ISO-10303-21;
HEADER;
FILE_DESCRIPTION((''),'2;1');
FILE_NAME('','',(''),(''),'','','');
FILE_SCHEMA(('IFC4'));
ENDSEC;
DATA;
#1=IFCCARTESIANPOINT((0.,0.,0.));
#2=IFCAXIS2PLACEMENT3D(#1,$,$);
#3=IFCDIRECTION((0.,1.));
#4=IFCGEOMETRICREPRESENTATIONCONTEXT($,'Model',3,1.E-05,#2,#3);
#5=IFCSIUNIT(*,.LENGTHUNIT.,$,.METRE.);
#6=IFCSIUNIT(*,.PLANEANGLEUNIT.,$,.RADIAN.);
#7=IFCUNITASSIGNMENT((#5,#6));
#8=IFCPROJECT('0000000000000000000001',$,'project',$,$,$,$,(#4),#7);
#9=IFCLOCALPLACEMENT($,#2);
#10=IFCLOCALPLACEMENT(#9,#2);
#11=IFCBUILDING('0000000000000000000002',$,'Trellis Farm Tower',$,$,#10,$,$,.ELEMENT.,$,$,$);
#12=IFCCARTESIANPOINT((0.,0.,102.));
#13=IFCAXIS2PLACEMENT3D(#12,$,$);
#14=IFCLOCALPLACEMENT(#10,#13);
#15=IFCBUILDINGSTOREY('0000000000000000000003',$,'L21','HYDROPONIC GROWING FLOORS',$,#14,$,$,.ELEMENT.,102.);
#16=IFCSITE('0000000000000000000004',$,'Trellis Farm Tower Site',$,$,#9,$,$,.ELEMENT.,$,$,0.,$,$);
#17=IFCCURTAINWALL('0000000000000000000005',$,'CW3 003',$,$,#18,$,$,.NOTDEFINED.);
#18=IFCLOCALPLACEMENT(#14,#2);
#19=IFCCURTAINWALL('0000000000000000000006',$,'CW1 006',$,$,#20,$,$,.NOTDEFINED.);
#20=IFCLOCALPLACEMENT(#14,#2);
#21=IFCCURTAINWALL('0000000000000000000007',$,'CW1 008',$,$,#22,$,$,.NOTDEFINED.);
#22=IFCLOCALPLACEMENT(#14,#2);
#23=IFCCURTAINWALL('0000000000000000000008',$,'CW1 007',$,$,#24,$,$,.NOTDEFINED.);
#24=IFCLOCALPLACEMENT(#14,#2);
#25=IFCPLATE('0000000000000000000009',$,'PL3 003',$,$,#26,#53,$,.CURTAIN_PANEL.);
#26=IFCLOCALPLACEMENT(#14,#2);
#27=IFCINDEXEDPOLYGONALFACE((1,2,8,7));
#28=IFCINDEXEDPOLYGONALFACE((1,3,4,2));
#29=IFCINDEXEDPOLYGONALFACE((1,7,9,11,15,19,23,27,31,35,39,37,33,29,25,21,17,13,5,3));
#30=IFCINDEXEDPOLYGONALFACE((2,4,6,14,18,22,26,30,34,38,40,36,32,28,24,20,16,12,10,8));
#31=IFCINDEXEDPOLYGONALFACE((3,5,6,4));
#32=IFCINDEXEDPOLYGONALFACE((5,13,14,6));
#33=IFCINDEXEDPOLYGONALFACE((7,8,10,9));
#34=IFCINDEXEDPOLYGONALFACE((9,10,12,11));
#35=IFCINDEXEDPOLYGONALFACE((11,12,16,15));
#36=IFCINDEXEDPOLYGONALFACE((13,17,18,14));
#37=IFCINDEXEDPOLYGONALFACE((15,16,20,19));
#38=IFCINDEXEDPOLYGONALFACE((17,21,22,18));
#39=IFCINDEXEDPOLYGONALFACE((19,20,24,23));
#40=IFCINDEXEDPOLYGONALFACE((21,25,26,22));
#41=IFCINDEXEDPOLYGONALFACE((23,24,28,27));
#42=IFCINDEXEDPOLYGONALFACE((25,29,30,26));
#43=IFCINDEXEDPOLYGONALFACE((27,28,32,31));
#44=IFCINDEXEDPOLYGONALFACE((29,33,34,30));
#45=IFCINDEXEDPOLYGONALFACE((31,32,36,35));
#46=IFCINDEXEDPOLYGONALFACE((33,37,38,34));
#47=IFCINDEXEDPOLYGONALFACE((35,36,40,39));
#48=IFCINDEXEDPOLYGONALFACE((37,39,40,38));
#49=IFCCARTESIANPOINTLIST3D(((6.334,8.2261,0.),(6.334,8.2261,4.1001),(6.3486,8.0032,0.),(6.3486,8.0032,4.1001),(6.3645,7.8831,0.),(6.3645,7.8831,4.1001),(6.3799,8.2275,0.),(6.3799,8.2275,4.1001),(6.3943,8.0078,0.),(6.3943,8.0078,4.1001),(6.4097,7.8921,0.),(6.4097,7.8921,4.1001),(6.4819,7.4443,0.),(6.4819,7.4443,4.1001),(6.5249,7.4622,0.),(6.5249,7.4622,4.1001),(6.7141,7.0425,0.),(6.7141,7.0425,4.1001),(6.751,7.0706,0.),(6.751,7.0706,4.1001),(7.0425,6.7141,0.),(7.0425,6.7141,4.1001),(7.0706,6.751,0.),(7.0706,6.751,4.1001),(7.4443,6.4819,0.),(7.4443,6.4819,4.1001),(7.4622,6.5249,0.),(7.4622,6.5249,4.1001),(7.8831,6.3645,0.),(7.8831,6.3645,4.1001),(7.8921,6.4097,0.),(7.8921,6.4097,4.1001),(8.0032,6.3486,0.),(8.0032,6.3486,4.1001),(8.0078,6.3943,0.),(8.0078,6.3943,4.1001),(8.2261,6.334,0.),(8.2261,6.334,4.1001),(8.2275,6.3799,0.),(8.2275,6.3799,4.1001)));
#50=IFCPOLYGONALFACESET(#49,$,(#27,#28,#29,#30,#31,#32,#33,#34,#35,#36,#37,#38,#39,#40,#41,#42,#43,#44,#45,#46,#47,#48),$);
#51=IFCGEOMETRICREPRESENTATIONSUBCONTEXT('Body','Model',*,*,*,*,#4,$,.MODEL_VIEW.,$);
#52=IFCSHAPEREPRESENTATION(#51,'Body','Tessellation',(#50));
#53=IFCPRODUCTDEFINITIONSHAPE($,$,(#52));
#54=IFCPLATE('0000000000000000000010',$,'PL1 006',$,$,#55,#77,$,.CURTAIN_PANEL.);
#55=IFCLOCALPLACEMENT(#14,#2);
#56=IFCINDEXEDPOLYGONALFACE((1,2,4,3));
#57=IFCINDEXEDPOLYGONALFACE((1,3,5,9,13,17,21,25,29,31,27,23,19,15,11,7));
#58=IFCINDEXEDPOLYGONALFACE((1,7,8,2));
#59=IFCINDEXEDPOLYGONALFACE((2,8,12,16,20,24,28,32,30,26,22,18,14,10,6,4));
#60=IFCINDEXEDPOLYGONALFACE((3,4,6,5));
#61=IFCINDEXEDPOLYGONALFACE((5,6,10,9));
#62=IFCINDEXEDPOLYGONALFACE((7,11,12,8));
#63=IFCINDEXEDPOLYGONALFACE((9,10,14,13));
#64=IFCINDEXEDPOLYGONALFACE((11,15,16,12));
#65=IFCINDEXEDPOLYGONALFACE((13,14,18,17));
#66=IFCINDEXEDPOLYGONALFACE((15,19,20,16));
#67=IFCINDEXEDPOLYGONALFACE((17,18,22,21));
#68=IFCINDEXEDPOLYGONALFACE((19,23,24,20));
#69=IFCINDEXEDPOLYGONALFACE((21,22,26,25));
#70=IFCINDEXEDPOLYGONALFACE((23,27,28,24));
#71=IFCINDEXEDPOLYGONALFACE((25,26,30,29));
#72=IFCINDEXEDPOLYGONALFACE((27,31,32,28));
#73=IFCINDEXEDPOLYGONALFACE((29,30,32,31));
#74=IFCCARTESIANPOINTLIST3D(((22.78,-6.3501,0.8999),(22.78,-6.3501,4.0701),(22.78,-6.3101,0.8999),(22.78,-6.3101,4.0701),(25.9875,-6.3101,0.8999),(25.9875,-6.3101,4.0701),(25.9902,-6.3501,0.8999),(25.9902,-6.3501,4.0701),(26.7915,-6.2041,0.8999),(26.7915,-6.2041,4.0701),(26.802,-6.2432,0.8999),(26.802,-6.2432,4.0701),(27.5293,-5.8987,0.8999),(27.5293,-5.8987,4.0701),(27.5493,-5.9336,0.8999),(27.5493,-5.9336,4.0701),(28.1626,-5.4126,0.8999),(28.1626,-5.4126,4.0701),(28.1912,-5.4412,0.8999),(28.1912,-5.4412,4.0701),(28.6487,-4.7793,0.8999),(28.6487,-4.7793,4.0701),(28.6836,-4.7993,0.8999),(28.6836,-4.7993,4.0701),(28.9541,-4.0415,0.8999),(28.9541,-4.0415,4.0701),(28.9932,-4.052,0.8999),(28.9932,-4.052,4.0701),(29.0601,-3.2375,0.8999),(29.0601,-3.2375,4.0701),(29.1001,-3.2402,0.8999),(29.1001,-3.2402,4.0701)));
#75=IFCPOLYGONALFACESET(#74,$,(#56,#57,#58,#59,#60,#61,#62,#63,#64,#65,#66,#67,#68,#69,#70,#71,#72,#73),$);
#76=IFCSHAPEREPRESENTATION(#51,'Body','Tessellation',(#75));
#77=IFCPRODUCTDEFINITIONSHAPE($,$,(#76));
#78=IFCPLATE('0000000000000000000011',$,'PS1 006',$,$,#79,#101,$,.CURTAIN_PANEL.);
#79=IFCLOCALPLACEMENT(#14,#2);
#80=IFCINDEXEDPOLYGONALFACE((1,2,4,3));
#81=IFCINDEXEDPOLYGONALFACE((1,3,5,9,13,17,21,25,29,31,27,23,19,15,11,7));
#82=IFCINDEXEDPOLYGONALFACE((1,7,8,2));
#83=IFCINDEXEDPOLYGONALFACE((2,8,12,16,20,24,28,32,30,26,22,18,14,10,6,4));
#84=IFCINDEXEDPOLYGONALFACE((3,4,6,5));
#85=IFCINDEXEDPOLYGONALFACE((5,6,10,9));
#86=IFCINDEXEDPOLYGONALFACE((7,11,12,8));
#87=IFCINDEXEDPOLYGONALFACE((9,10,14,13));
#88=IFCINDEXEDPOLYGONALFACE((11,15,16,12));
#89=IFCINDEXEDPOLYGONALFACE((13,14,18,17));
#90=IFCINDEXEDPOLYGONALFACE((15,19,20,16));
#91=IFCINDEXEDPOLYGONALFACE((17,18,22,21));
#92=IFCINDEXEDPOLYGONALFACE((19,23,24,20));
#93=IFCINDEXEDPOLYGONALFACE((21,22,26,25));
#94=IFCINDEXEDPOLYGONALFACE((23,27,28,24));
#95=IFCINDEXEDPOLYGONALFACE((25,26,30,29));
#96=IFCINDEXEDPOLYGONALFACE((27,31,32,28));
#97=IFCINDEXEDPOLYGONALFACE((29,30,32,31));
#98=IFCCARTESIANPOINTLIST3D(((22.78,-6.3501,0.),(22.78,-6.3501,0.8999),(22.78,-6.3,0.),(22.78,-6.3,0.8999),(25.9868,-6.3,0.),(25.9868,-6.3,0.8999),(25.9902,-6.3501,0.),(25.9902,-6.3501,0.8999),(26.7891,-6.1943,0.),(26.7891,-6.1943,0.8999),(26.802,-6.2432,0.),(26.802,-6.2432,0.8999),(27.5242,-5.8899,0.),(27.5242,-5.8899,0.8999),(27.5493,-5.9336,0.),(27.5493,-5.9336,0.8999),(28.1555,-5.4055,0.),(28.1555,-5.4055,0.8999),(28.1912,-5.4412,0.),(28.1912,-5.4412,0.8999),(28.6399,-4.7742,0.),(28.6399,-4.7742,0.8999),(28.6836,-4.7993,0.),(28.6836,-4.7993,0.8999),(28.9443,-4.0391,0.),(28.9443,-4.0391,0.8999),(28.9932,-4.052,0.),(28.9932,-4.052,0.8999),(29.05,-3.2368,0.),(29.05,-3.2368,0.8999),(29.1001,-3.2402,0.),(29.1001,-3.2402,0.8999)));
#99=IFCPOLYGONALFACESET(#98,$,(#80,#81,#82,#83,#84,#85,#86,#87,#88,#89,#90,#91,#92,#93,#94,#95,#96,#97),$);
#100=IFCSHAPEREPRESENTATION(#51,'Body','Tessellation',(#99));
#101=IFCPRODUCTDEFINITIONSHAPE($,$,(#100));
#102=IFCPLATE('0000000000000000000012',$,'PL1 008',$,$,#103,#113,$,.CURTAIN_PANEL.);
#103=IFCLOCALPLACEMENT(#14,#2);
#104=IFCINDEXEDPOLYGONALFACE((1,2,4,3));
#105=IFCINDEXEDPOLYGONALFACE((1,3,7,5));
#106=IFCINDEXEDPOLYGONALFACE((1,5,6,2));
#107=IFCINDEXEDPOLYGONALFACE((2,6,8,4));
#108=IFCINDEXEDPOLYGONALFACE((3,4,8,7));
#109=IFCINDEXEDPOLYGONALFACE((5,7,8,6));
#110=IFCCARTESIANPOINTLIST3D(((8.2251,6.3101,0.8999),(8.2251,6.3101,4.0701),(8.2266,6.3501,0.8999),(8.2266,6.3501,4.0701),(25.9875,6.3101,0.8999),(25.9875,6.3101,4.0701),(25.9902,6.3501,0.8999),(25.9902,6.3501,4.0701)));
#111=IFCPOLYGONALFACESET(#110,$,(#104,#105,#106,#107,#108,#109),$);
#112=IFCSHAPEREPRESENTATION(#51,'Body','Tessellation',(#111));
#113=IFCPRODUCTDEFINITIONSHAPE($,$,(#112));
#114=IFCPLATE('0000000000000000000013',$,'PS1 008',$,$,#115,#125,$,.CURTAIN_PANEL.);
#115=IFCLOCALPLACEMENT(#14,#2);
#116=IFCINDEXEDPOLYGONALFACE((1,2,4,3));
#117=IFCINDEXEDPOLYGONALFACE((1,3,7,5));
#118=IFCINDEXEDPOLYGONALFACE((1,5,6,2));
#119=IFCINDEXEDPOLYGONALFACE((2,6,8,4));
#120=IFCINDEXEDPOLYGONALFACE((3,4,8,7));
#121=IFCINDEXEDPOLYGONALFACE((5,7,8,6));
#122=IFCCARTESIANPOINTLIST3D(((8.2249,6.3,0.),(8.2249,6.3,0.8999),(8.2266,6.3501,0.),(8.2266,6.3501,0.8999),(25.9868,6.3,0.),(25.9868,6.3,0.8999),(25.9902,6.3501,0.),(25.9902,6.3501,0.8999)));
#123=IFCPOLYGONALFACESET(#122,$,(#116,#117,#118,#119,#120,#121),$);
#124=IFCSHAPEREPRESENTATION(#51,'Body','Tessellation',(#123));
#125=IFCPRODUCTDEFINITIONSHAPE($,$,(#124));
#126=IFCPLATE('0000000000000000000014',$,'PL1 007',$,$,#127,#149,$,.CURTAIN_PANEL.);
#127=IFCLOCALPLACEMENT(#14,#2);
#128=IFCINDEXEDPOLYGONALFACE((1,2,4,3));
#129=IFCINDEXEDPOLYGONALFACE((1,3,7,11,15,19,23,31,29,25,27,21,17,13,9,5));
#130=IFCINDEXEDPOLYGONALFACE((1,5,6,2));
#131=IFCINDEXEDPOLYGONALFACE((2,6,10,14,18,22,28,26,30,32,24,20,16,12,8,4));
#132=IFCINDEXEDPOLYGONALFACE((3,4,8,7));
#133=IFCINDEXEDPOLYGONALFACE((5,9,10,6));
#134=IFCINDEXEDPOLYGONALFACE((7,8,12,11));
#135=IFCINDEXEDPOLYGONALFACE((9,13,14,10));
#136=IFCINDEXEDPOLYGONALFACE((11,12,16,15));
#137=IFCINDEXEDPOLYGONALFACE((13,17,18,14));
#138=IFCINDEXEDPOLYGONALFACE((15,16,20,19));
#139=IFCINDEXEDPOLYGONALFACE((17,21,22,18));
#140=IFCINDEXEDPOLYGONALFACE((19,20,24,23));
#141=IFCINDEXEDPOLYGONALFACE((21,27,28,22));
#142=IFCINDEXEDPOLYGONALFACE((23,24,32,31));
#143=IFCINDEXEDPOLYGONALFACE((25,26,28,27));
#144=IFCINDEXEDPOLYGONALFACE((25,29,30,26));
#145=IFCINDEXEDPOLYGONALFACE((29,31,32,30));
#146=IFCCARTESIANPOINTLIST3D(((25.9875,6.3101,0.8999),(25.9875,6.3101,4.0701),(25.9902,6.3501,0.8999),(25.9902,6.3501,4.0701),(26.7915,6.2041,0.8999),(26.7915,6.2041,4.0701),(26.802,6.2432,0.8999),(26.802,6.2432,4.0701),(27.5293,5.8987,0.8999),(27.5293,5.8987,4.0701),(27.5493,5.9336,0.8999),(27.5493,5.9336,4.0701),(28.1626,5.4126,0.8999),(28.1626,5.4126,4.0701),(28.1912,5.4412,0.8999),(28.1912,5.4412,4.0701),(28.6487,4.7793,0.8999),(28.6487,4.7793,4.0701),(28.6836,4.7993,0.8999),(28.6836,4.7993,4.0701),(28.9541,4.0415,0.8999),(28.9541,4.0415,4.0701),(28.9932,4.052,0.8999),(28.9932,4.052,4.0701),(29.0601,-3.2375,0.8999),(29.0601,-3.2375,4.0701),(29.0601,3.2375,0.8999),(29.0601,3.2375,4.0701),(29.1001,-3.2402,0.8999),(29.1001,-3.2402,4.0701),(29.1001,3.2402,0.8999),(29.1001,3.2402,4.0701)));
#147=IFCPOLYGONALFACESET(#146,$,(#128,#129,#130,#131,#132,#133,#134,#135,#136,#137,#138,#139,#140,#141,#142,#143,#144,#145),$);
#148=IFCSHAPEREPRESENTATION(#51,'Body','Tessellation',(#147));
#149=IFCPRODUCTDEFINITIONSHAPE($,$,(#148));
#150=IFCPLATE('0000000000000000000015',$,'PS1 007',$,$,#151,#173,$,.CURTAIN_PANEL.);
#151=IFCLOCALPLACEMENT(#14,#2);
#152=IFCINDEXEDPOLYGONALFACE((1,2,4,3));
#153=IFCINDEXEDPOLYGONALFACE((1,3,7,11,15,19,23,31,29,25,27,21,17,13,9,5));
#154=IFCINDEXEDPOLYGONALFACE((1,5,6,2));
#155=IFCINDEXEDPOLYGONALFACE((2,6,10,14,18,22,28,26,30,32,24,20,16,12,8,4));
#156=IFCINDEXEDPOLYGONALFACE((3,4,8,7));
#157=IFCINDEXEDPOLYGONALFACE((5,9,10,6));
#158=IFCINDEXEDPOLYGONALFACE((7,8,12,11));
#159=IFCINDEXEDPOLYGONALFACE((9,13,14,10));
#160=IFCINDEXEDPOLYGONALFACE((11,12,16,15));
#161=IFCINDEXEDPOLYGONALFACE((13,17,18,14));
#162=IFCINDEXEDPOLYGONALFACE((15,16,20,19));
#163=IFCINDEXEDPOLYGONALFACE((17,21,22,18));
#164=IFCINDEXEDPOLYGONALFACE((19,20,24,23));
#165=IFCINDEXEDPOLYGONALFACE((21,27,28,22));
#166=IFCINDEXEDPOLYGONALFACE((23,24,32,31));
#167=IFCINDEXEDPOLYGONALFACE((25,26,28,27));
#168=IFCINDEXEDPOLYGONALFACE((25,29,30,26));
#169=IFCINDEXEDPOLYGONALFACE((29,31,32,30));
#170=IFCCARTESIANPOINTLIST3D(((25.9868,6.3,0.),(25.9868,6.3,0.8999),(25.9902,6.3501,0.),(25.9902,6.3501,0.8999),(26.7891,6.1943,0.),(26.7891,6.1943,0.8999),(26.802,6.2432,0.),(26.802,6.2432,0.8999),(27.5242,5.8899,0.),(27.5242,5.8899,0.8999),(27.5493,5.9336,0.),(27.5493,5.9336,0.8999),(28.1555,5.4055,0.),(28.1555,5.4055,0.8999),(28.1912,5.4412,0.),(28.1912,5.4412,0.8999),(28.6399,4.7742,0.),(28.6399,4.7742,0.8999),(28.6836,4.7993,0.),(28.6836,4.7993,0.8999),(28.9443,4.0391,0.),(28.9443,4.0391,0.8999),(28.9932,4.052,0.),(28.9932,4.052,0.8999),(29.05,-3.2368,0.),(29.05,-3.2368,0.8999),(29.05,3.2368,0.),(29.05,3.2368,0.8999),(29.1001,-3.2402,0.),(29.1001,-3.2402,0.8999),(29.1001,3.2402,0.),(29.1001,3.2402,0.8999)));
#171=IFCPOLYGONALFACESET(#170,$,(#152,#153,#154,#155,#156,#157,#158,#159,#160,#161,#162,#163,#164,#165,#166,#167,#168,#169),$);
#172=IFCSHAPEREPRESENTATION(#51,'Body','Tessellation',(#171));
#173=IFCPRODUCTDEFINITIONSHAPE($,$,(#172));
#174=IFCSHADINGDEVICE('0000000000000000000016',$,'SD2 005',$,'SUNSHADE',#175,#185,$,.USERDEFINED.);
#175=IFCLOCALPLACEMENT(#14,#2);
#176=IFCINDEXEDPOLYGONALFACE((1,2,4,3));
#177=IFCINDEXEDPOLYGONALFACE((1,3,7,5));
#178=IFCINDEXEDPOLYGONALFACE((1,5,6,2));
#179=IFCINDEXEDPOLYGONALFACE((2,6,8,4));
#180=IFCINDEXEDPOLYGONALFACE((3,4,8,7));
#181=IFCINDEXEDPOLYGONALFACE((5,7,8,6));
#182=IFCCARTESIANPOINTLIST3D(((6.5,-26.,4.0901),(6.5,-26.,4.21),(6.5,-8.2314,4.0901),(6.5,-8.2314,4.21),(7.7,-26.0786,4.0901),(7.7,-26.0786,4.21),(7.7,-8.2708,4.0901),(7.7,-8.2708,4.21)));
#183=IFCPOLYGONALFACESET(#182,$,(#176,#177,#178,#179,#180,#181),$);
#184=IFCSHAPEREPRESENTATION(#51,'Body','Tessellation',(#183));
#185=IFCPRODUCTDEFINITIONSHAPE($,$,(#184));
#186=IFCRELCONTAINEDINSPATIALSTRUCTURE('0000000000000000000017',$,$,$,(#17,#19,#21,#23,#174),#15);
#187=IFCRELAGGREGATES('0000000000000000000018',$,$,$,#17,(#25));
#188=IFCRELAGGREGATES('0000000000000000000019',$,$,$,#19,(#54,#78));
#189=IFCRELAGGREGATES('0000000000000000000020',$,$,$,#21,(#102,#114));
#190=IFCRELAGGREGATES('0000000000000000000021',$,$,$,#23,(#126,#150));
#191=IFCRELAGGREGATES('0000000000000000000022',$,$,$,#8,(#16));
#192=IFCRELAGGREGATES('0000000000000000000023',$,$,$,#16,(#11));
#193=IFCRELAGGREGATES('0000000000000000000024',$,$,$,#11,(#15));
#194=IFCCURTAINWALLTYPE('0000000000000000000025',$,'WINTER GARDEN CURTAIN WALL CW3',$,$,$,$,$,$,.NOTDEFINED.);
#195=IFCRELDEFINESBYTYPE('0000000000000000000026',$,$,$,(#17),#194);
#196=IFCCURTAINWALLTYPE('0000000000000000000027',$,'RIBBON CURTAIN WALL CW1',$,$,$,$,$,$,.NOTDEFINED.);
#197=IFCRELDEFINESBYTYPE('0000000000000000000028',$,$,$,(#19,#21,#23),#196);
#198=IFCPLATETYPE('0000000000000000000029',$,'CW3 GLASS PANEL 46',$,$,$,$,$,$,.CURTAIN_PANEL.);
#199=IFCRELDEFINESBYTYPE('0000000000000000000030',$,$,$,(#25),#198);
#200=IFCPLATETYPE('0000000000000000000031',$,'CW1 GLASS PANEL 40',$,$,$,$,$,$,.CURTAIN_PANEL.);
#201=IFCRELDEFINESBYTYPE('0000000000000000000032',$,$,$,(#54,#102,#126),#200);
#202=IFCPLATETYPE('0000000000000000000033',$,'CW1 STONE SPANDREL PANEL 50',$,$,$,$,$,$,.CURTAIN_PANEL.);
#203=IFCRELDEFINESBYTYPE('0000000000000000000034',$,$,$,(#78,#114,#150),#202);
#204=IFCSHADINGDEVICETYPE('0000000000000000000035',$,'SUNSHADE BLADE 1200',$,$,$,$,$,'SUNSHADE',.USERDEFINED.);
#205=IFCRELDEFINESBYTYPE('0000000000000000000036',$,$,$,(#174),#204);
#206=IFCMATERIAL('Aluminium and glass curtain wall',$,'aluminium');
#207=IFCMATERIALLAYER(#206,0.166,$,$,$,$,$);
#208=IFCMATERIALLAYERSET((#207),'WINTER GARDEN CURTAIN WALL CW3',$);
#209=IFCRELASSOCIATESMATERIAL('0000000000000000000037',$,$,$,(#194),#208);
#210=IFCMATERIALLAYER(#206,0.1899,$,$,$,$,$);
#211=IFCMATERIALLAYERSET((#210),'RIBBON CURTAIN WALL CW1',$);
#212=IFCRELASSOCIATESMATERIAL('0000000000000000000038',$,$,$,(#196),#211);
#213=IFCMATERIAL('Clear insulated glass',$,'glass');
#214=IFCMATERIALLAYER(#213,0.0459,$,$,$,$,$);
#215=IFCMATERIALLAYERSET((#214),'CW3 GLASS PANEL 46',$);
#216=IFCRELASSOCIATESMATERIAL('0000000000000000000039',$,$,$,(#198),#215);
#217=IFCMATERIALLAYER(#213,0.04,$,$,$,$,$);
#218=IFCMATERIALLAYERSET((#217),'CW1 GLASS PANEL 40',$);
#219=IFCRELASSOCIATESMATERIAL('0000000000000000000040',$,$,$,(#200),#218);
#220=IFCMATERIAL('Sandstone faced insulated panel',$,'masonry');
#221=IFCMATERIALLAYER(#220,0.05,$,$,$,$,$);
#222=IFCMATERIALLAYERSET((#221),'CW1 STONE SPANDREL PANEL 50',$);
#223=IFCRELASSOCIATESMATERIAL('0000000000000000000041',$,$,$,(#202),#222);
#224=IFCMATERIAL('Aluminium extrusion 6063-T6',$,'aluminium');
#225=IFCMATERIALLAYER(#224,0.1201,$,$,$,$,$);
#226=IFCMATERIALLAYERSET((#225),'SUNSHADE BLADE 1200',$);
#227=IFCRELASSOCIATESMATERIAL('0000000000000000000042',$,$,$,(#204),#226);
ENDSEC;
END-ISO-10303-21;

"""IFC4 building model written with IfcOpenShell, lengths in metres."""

from ifc_helpers import new_model, si_unit, direction, frame, origin, place, context, subcontext, project, spatial, polyline, outline, extrude, source, transform, mapped, material, layer, layer_set, type_object, element, aggregate, save


model = new_model("IFC4")

# Units and contexts
model_context = context("Model", 3, precision=1e-05, world=origin(), true_north=direction((0.0, 1.0)))
body_context = subcontext(model_context, "Body", "Model", "MODEL_VIEW")
ifc_project = project(units=[si_unit("LENGTHUNIT", "METRE"), si_unit("PLANEANGLEUNIT", "RADIAN")], contexts=[model_context])

# Site, building, storey
site_placement = place(None, origin())
site = spatial("IfcSite", under=ifc_project, at=site_placement, Name="Trellis Farm Tower Site", CompositionType="ELEMENT", RefElevation=0.0)
building_placement = place(site_placement, origin())
building = spatial("IfcBuilding", under=site, at=building_placement, Name="Trellis Farm Tower", CompositionType="ELEMENT")
storey_placement = place(building_placement, frame((0.0, 0.0, 102.0)))
storey = spatial("IfcBuildingStorey", under=building, at=storey_placement, Name="L21", Description="HYDROPONIC GROWING FLOORS", CompositionType="ELEMENT", Elevation=102.0)

# Curtain walls
ifc_material_1 = material(Name="Aluminium and glass curtain wall", Category="aluminium")
ifc_layer_1 = layer(ifc_material_1, 0.166)
ifc_layer_set_1 = layer_set([ifc_layer_1], Name="WINTER GARDEN CURTAIN WALL CW3")
curtain_wall_type_1 = type_object("IfcCurtainWallType", Name="WINTER GARDEN CURTAIN WALL CW3", PredefinedType="NOTDEFINED", material=ifc_layer_set_1)
placement_1 = place(storey_placement, origin())
ifc_material_2 = material(Name="Aluminium extrusion 6063-T6", Category="aluminium")
curtain_wall_1 = element("IfcCurtainWall", 1, at=placement_1, inside=storey, type_object=curtain_wall_type_1, Name="CW3 003", PredefinedType="NOTDEFINED")
ifc_layer_2 = layer(ifc_material_1, 0.1899)
ifc_layer_set_2 = layer_set([ifc_layer_2], Name="RIBBON CURTAIN WALL CW1")
curtain_wall_type_2 = type_object("IfcCurtainWallType", Name="RIBBON CURTAIN WALL CW1", PredefinedType="NOTDEFINED", material=ifc_layer_set_2)
curtain_wall_2 = element("IfcCurtainWall", 2, at=placement_1, inside=storey, type_object=curtain_wall_type_2, Name="CW1 006", PredefinedType="NOTDEFINED")
curtain_wall_3 = element("IfcCurtainWall", 3, at=placement_1, inside=storey, type_object=curtain_wall_type_2, Name="CW1 008", PredefinedType="NOTDEFINED")
curtain_wall_4 = element("IfcCurtainWall", 4, at=placement_1, inside=storey, type_object=curtain_wall_type_2, Name="CW1 007", PredefinedType="NOTDEFINED")

# Plates
ifc_material_3 = material(Name="Clear insulated glass", Category="glass")
ifc_layer_3 = layer(ifc_material_3, 0.0459)
ifc_layer_set_3 = layer_set([ifc_layer_3], Name="CW3 GLASS PANEL 46")
plate_type_1 = type_object("IfcPlateType", Name="CW3 GLASS PANEL 46", PredefinedType="CURTAIN_PANEL", material=ifc_layer_set_3)
shared_shape_1 = source(origin(), body_context, "Body", "SweptSolid", [
    extrude(outline(polyline([(8.2275, 6.3799), (8.0078, 6.3943), (7.8921, 6.4097), (7.4622, 6.5249), (7.0706, 6.751), (6.751, 7.0706), (6.5249, 7.4622), (6.4097, 7.8921), (6.3943, 8.0078), (6.3799, 8.2275), (6.334, 8.2261), (6.3486, 8.0032), (6.3645, 7.8831), (6.4819, 7.4443), (6.7141, 7.0425), (7.0425, 6.7141), (7.4443, 6.4819), (7.8831, 6.3645), (8.0032, 6.3486), (8.2261, 6.334), (8.2275, 6.3799)])), origin(), (0.0, 0.0, 1.0), 4.1001),
])
plate_1 = element("IfcPlate", 5, at=placement_1, type_object=plate_type_1, Name="PL3 003", PredefinedType="CURTAIN_PANEL", context=body_context, shape_type="MappedRepresentation", body=[
    mapped(shared_shape_1, transform((0.0, 0.0, 0.0))),
])
aggregate(curtain_wall_1, [plate_1])
ifc_layer_4 = layer(ifc_material_3, 0.04)
ifc_layer_set_4 = layer_set([ifc_layer_4], Name="CW1 GLASS PANEL 40")
plate_type_2 = type_object("IfcPlateType", Name="CW1 GLASS PANEL 40", PredefinedType="CURTAIN_PANEL", material=ifc_layer_set_4)
shared_shape_2 = source(origin(), body_context, "Body", "SweptSolid", [
    extrude(outline(polyline([(22.78, -6.3501), (25.9902, -6.3501), (26.802, -6.2432), (27.5493, -5.9336), (28.1912, -5.4412), (28.6836, -4.7993), (28.9932, -4.052), (29.1001, -3.2402), (29.0601, -3.2375), (28.9541, -4.0415), (28.6487, -4.7793), (28.1626, -5.4126), (27.5293, -5.8987), (26.7915, -6.2041), (25.9875, -6.3101), (22.78, -6.3101), (22.78, -6.3501)])), origin(), (0.0, 0.0, 1.0), 3.1702),
])
placement_2 = place(storey_placement, frame((0.0, 0.0, 0.8999)))
plate_2 = element("IfcPlate", 6, at=placement_2, type_object=plate_type_2, Name="PL1 006", PredefinedType="CURTAIN_PANEL", context=body_context, shape_type="MappedRepresentation", body=[
    mapped(shared_shape_2, transform((0.0, 0.0, 0.0))),
])
ifc_material_4 = material(Name="Sandstone faced insulated panel", Category="masonry")
ifc_layer_5 = layer(ifc_material_4, 0.05)
ifc_layer_set_5 = layer_set([ifc_layer_5], Name="CW1 STONE SPANDREL PANEL 50")
plate_type_3 = type_object("IfcPlateType", Name="CW1 STONE SPANDREL PANEL 50", PredefinedType="CURTAIN_PANEL", material=ifc_layer_set_5)
shared_shape_3 = source(origin(), body_context, "Body", "SweptSolid", [
    extrude(outline(polyline([(22.78, -6.3501), (25.9902, -6.3501), (26.802, -6.2432), (27.5493, -5.9336), (28.1912, -5.4412), (28.6836, -4.7993), (28.9932, -4.052), (29.1001, -3.2402), (29.05, -3.2368), (28.9443, -4.0391), (28.6399, -4.7742), (28.1555, -5.4055), (27.5242, -5.8899), (26.7891, -6.1943), (25.9868, -6.3), (22.78, -6.3), (22.78, -6.3501)])), origin(), (0.0, 0.0, 1.0), 0.8999),
])
plate_3 = element("IfcPlate", 7, at=placement_1, type_object=plate_type_3, Name="PS1 006", PredefinedType="CURTAIN_PANEL", context=body_context, shape_type="MappedRepresentation", body=[
    mapped(shared_shape_3, transform((0.0, 0.0, 0.0))),
])
aggregate(curtain_wall_2, [plate_2, plate_3])
shared_shape_4 = source(origin(), body_context, "Body", "SweptSolid", [
    extrude(outline(polyline([(25.9902, 6.3501), (8.2266, 6.3501), (8.2251, 6.3101), (25.9875, 6.3101), (25.9902, 6.3501)])), origin(), (0.0, 0.0, 1.0), 3.1702),
])
plate_4 = element("IfcPlate", 8, at=placement_2, type_object=plate_type_2, Name="PL1 008", PredefinedType="CURTAIN_PANEL", context=body_context, shape_type="MappedRepresentation", body=[
    mapped(shared_shape_4, transform((0.0, 0.0, 0.0))),
])
shared_shape_5 = source(origin(), body_context, "Body", "SweptSolid", [
    extrude(outline(polyline([(25.9902, 6.3501), (8.2266, 6.3501), (8.2249, 6.3), (25.9868, 6.3), (25.9902, 6.3501)])), origin(), (0.0, 0.0, 1.0), 0.8999),
])
plate_5 = element("IfcPlate", 9, at=placement_1, type_object=plate_type_3, Name="PS1 008", PredefinedType="CURTAIN_PANEL", context=body_context, shape_type="MappedRepresentation", body=[
    mapped(shared_shape_5, transform((0.0, 0.0, 0.0))),
])
aggregate(curtain_wall_3, [plate_4, plate_5])
shared_shape_6 = source(origin(), body_context, "Body", "SweptSolid", [
    extrude(outline(polyline([(29.1001, -3.2402), (29.1001, 3.2402), (28.9932, 4.052), (28.6836, 4.7993), (28.1912, 5.4412), (27.5493, 5.9336), (26.802, 6.2432), (25.9902, 6.3501), (25.9875, 6.3101), (26.7915, 6.2041), (27.5293, 5.8987), (28.1626, 5.4126), (28.6487, 4.7793), (28.9541, 4.0415), (29.0601, 3.2375), (29.0601, -3.2375), (29.1001, -3.2402)])), origin(), (0.0, 0.0, 1.0), 3.1702),
])
plate_6 = element("IfcPlate", 10, at=placement_2, type_object=plate_type_2, Name="PL1 007", PredefinedType="CURTAIN_PANEL", context=body_context, shape_type="MappedRepresentation", body=[
    mapped(shared_shape_6, transform((0.0, 0.0, 0.0))),
])
shared_shape_7 = source(origin(), body_context, "Body", "SweptSolid", [
    extrude(outline(polyline([(29.1001, -3.2402), (29.1001, 3.2402), (28.9932, 4.052), (28.6836, 4.7993), (28.1912, 5.4412), (27.5493, 5.9336), (26.802, 6.2432), (25.9902, 6.3501), (25.9868, 6.3), (26.7891, 6.1943), (27.5242, 5.8899), (28.1555, 5.4055), (28.6399, 4.7742), (28.9443, 4.0391), (29.05, 3.2368), (29.05, -3.2368), (29.1001, -3.2402)])), origin(), (0.0, 0.0, 1.0), 0.8999),
])
plate_7 = element("IfcPlate", 11, at=placement_1, type_object=plate_type_3, Name="PS1 007", PredefinedType="CURTAIN_PANEL", context=body_context, shape_type="MappedRepresentation", body=[
    mapped(shared_shape_7, transform((0.0, 0.0, 0.0))),
])
aggregate(curtain_wall_4, [plate_6, plate_7])

# Shading device
ifc_layer_6 = layer(ifc_material_2, 0.1201)
ifc_layer_set_6 = layer_set([ifc_layer_6], Name="SUNSHADE BLADE 1200")
shading_device_type_1 = type_object("IfcShadingDeviceType", Name="SUNSHADE BLADE 1200", ElementType="SUNSHADE", PredefinedType="USERDEFINED", material=ifc_layer_set_6)
shared_shape_8 = source(origin(), body_context, "Body", "SweptSolid", [
    extrude(outline(polyline([(7.7, -26.0786), (7.7, -8.2708), (6.5, -8.2314), (6.5, -26.0), (7.7, -26.0786)])), origin(), (0.0, 0.0, 1.0), 0.1199),
])
placement_3 = place(storey_placement, frame((0.0, 0.0, 4.0901)))
element("IfcShadingDevice", 12, at=placement_3, inside=storey, type_object=shading_device_type_1, Name="SD2 005", ObjectType="SUNSHADE", PredefinedType="USERDEFINED", context=body_context, shape_type="MappedRepresentation", body=[
    mapped(shared_shape_8, transform((0.0, 0.0, 0.0))),
])

save(model, "model.ifc")
